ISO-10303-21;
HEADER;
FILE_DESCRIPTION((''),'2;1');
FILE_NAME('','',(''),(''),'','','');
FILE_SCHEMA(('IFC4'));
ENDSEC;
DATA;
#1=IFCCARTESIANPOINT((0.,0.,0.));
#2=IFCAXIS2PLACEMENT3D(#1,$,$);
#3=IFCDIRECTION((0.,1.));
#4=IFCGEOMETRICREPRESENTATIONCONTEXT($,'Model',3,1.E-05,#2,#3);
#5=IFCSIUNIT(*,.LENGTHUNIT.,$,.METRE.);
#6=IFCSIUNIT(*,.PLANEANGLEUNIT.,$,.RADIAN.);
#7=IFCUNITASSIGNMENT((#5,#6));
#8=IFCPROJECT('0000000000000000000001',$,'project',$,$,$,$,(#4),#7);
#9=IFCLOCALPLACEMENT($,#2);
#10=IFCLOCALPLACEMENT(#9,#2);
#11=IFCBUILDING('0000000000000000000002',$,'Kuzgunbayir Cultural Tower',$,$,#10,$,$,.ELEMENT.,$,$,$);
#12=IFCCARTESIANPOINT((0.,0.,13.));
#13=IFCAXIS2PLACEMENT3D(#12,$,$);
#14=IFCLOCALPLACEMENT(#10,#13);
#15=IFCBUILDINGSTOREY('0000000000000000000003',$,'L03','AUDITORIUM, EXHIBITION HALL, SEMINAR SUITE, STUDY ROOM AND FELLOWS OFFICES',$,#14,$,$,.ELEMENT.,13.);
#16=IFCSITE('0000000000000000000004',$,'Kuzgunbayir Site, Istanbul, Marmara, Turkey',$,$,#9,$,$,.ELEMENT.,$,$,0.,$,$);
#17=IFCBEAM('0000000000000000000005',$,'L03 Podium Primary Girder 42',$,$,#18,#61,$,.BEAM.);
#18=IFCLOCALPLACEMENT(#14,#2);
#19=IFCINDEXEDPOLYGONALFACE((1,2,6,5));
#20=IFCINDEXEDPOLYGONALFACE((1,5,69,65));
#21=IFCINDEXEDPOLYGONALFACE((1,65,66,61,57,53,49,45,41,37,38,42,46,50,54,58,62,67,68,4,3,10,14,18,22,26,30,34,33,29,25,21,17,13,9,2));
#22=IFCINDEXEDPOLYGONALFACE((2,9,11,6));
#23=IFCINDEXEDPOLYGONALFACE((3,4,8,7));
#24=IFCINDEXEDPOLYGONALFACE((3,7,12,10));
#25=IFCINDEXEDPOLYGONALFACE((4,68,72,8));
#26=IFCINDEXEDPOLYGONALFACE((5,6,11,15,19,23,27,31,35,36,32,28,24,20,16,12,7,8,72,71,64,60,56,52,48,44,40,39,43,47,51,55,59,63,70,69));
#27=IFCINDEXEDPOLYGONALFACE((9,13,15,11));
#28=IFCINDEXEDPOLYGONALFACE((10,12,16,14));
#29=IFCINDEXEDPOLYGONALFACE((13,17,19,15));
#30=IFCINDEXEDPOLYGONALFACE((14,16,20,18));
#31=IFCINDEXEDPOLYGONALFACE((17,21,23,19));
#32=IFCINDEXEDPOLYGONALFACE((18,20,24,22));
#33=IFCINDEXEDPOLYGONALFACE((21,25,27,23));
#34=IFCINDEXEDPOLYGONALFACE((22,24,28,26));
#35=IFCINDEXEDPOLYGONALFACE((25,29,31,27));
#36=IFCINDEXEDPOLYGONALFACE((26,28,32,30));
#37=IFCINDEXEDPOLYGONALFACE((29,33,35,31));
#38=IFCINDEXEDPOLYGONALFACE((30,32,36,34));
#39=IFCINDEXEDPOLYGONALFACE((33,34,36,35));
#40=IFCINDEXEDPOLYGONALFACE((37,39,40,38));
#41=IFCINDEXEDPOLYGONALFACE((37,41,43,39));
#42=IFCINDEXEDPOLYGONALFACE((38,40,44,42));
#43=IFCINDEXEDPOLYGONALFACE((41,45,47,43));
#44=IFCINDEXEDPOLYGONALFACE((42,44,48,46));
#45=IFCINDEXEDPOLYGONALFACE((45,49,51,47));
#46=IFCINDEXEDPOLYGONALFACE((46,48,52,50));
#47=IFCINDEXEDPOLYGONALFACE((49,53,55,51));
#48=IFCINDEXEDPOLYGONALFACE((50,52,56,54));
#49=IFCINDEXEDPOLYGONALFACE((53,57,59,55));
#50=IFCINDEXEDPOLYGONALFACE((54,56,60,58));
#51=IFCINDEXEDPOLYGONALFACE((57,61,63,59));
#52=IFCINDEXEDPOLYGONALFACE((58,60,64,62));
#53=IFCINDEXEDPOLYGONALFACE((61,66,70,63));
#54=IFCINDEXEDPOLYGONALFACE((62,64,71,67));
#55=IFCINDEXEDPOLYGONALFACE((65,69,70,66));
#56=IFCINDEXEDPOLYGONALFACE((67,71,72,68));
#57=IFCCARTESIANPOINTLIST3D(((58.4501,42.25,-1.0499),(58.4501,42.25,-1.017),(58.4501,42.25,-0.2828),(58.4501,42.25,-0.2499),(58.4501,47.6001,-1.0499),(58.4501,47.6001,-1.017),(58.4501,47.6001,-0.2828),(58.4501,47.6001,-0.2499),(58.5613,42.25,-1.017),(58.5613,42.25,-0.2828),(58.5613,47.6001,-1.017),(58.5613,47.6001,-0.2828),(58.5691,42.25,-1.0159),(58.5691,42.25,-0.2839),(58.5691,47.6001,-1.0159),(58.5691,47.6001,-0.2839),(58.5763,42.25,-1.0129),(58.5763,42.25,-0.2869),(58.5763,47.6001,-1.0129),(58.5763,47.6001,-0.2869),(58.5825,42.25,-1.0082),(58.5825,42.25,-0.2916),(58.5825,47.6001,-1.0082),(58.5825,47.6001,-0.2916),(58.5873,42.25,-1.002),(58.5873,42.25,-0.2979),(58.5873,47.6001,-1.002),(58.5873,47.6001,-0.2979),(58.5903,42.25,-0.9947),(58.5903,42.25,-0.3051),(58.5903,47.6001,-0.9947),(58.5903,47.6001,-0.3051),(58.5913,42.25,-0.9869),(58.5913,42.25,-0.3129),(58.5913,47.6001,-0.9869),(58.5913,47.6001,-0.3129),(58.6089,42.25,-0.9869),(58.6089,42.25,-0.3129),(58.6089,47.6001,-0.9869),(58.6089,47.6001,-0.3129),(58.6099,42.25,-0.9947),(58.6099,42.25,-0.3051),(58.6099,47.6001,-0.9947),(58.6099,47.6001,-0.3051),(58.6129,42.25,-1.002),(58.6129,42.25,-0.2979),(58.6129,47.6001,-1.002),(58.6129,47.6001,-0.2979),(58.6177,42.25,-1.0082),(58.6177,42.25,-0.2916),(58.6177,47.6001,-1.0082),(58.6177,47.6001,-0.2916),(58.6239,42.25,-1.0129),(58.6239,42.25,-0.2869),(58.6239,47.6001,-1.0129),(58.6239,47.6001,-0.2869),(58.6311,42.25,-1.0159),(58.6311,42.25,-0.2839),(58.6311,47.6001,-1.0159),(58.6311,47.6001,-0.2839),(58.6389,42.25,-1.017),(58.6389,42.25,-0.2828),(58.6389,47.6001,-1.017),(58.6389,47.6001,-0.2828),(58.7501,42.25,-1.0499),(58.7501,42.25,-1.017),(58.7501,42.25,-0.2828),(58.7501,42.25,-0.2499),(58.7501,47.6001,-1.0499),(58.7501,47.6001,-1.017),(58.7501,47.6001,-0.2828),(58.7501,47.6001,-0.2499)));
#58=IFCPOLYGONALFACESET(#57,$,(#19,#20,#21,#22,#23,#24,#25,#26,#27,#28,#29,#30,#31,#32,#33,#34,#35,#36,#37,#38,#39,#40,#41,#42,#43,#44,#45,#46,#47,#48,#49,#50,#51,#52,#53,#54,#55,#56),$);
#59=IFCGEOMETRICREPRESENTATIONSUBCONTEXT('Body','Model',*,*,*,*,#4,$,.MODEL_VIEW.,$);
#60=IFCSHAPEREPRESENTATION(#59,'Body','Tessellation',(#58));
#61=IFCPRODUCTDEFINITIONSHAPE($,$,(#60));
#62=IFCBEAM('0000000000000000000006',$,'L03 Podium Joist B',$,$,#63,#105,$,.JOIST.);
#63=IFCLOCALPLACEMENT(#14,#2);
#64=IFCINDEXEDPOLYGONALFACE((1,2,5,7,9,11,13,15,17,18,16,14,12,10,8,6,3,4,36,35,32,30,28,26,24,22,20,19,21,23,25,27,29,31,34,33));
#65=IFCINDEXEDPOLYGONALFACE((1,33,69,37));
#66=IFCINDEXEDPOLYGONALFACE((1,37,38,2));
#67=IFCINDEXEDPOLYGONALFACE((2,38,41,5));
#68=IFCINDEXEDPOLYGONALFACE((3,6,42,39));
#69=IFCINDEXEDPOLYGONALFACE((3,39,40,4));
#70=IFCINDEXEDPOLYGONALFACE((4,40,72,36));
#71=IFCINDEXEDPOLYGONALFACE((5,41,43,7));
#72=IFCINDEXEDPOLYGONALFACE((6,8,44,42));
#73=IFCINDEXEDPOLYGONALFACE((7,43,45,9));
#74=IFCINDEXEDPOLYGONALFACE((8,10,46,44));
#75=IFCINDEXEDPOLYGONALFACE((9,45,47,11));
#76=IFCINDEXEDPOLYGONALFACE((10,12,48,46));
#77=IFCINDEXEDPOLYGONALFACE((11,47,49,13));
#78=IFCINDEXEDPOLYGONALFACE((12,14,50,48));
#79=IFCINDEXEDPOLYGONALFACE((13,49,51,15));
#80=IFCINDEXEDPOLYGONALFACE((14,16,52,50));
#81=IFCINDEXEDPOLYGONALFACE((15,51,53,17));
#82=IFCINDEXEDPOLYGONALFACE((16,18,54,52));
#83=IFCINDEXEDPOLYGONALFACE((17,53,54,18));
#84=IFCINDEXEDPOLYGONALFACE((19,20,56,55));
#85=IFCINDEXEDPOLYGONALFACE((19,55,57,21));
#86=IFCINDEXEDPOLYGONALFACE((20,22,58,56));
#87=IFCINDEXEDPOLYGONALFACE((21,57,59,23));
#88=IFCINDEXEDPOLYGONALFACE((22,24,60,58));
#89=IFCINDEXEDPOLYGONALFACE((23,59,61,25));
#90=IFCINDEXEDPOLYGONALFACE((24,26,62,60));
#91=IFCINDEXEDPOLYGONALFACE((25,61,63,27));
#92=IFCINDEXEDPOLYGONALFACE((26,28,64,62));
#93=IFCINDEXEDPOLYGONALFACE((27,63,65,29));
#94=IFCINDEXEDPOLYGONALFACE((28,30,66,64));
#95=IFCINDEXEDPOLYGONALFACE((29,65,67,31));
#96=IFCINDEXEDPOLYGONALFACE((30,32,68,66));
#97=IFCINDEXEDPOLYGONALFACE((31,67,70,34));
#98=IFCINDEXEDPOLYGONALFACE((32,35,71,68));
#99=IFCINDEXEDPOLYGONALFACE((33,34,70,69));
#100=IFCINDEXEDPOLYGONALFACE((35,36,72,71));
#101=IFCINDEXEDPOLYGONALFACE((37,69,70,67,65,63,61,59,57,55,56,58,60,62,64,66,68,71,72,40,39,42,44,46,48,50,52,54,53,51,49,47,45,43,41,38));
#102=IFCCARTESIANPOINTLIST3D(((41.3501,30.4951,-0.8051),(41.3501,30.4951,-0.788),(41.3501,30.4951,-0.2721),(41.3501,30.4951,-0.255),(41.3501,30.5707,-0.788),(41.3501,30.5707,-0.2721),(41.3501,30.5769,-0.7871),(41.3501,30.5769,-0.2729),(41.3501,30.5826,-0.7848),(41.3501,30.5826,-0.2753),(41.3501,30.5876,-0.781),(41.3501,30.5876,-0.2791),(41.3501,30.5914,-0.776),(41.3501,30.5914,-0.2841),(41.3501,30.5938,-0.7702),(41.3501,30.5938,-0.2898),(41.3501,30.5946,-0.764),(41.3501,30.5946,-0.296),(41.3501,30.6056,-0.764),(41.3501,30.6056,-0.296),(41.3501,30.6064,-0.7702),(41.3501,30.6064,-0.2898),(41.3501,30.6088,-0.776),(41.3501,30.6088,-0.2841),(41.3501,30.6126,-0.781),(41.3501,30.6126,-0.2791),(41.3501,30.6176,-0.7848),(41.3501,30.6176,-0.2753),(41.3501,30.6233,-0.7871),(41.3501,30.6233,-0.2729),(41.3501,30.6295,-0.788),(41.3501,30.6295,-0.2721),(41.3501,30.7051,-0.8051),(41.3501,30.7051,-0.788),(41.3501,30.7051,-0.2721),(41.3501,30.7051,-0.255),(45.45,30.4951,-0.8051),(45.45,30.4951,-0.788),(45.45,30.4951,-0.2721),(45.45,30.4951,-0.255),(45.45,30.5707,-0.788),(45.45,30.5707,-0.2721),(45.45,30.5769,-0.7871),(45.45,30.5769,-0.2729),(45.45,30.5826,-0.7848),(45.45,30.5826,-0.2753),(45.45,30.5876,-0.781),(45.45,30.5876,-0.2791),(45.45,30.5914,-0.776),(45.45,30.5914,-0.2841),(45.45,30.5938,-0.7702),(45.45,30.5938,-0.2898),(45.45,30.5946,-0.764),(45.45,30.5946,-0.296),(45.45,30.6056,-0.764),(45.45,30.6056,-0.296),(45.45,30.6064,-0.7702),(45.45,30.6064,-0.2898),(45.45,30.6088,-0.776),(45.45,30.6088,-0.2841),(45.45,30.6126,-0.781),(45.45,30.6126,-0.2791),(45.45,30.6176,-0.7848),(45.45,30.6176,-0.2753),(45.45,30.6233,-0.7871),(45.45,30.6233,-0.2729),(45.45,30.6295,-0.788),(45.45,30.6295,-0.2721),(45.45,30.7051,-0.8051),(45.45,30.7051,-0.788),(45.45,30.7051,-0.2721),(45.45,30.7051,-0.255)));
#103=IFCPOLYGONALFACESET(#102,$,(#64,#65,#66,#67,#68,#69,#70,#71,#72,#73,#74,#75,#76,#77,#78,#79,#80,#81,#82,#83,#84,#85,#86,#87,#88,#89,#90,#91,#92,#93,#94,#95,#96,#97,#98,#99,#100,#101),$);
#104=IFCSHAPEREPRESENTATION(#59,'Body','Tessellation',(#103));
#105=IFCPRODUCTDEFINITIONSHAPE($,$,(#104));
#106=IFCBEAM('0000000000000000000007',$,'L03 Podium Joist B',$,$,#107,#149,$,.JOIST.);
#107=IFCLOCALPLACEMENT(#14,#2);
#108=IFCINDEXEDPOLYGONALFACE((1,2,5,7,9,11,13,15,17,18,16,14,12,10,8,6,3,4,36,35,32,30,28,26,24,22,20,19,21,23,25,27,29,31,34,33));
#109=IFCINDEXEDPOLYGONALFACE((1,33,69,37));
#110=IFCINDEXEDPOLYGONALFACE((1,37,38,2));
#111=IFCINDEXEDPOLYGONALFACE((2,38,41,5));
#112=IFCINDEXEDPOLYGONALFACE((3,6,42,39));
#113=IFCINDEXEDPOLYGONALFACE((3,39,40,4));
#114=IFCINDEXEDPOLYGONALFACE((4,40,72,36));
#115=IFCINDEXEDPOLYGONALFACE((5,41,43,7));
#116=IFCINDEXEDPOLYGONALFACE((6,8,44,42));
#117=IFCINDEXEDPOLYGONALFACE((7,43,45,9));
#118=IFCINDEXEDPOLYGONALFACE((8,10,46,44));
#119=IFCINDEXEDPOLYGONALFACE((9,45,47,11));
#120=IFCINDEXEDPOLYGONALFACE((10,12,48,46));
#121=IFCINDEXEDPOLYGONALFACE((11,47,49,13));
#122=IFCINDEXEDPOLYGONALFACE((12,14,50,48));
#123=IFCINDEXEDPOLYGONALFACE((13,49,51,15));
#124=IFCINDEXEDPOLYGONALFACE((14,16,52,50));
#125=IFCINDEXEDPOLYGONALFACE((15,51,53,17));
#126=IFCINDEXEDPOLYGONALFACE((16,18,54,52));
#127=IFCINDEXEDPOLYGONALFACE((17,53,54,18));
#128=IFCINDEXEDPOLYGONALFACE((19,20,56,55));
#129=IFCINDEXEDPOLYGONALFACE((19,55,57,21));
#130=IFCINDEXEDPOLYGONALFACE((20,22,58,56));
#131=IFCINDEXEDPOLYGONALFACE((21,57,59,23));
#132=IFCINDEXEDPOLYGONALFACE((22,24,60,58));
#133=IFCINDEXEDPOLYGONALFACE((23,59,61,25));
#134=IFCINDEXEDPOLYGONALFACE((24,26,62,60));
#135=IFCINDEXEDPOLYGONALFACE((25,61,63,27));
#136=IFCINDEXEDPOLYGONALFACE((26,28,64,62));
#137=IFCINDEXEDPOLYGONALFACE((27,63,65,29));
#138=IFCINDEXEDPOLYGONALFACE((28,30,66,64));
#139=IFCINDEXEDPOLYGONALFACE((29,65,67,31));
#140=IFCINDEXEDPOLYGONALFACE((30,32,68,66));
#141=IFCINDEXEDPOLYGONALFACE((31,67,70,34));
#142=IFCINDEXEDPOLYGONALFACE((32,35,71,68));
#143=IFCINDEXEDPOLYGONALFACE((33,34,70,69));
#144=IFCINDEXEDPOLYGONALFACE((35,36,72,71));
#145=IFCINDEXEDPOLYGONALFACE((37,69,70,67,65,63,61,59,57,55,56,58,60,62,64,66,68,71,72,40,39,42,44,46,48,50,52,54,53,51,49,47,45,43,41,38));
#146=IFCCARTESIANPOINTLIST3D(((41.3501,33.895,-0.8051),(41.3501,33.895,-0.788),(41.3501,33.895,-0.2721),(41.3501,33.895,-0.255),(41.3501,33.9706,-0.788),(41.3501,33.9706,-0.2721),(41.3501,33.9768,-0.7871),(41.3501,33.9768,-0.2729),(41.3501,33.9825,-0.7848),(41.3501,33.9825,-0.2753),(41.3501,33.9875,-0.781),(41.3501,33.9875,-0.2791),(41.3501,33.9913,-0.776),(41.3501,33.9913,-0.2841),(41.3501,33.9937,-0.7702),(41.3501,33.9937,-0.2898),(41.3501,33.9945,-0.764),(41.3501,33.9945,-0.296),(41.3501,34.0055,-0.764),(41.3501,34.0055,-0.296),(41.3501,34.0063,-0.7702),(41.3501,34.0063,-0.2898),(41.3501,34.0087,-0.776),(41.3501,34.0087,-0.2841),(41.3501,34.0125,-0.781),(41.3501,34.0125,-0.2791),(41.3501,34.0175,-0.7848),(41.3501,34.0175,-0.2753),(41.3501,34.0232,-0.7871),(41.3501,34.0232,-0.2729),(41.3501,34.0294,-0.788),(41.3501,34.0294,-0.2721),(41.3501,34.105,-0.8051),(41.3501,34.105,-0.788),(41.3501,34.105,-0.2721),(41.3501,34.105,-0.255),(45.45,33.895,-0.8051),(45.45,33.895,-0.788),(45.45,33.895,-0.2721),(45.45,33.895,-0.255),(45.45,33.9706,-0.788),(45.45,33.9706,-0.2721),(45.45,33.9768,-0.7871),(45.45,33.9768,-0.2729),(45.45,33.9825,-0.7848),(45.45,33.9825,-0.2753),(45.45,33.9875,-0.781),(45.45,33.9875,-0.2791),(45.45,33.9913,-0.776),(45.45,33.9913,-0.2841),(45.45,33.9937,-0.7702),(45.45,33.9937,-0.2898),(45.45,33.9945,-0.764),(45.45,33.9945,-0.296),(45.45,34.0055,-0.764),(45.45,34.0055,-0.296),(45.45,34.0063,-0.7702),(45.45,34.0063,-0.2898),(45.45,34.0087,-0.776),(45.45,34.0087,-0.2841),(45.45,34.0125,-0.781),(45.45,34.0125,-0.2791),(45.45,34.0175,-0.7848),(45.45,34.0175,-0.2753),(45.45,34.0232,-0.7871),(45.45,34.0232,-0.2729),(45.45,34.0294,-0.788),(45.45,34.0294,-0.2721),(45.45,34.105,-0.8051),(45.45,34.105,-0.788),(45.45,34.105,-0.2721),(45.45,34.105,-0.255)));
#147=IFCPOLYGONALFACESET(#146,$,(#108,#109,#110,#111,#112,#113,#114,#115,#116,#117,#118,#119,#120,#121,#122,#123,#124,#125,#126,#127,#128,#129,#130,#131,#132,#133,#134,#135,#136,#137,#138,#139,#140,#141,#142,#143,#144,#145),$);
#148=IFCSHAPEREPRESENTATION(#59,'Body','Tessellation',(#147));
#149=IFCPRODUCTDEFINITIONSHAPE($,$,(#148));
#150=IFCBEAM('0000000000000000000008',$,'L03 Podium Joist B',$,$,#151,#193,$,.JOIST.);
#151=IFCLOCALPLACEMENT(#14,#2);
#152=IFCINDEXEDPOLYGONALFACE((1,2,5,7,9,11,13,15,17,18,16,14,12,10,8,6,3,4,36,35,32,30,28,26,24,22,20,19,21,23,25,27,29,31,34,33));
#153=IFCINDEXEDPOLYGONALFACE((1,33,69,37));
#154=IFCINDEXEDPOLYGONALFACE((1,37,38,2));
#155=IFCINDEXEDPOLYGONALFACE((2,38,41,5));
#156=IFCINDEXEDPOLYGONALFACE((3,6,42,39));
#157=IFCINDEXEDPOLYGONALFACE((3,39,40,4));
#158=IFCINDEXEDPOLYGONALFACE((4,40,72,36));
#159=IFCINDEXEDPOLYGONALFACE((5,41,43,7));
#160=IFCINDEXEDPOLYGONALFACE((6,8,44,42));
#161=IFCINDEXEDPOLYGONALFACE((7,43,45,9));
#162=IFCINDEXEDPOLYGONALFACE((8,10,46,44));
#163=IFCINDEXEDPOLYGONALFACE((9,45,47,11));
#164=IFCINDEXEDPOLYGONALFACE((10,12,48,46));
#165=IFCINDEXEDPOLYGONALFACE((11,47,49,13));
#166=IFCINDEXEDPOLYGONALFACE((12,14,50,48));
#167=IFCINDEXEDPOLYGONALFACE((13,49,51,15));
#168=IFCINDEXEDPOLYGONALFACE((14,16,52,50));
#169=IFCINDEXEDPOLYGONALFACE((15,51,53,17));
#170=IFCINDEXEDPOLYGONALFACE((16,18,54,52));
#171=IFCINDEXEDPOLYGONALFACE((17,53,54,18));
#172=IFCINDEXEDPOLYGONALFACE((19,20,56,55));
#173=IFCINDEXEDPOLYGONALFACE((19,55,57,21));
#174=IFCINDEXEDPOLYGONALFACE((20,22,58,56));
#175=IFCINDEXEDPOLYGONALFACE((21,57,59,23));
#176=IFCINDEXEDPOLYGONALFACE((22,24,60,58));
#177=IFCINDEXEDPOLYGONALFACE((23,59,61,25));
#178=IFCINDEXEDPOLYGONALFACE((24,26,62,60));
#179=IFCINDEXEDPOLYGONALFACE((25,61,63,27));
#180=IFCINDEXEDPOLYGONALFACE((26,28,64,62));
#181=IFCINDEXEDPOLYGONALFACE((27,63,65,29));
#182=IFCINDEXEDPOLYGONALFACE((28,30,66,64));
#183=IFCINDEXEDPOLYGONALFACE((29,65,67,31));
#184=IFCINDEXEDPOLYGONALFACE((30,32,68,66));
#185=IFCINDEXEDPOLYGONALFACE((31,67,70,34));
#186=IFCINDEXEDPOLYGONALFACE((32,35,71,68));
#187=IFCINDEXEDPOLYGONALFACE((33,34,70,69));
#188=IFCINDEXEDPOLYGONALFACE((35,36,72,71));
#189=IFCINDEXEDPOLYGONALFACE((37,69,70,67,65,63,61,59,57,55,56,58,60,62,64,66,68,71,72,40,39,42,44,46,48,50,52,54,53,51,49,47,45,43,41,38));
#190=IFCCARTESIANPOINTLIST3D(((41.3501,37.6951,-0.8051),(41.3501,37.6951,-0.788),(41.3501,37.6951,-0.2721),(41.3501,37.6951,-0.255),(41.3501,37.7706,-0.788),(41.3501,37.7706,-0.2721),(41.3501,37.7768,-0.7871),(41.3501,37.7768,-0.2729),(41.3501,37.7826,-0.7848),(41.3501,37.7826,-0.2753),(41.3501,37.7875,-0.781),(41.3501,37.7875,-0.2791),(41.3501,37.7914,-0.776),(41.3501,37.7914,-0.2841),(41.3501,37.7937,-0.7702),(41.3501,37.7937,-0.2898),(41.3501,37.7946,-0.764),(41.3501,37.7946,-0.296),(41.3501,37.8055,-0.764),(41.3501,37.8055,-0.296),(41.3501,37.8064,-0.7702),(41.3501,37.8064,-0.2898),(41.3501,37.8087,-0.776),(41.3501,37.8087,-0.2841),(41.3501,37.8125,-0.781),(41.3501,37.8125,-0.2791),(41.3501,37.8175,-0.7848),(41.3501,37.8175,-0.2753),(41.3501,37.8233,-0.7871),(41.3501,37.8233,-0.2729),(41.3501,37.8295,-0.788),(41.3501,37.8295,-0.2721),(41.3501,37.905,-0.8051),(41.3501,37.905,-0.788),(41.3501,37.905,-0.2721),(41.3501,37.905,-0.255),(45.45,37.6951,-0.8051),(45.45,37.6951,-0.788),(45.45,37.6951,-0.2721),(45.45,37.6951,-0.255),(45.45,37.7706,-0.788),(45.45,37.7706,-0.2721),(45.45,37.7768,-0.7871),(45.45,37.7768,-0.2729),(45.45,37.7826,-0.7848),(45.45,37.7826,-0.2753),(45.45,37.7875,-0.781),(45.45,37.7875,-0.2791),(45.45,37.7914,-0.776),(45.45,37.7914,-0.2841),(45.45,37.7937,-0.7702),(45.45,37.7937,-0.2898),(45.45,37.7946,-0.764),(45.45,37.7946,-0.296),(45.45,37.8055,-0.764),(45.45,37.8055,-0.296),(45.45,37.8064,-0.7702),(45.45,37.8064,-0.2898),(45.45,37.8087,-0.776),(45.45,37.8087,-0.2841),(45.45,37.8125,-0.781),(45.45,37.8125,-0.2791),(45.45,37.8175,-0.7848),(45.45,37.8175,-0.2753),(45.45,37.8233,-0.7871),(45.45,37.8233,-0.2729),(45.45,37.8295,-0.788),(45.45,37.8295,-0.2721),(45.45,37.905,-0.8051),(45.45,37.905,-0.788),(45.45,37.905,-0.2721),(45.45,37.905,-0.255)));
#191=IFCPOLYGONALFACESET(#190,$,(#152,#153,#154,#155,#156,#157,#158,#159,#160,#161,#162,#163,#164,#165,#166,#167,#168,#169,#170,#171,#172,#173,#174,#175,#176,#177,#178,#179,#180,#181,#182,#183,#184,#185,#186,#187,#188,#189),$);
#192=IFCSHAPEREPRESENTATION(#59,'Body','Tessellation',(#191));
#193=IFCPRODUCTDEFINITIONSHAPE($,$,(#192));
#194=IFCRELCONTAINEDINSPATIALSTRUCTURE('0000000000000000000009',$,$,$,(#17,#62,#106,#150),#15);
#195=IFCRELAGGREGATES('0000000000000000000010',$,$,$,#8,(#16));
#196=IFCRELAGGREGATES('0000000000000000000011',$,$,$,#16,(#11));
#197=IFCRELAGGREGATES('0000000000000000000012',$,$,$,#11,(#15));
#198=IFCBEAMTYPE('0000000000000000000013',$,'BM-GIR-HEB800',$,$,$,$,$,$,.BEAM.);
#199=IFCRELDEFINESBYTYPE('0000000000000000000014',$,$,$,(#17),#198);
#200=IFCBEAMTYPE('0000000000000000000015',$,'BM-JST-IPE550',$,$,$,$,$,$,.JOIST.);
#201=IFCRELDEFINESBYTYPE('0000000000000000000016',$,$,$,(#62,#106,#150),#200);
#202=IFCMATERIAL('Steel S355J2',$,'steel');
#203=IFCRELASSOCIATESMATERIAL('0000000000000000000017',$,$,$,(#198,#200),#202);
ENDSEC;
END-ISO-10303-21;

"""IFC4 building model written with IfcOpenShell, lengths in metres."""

from ifc_helpers import new_model, si_unit, direction, frame, origin, origin_2d, place, context, subcontext, project, spatial, i_section, extrude, material, material_profile, profile_set, type_object, element, save


model = new_model("IFC4")

# Units and contexts
model_context = context("Model", 3, precision=1e-05, world=origin(), true_north=direction((0.0, 1.0)))
body_context = subcontext(model_context, "Body", "Model", "MODEL_VIEW")
ifc_project = project(units=[si_unit("LENGTHUNIT", "METRE"), si_unit("PLANEANGLEUNIT", "RADIAN")], contexts=[model_context])

# Site, building, storey
site_placement = place(None, origin())
site = spatial("IfcSite", under=ifc_project, at=site_placement, Name="Kuzgunbayir Site, Istanbul, Marmara, Turkey", CompositionType="ELEMENT", RefElevation=0.0)
building_placement = place(site_placement, origin())
building = spatial("IfcBuilding", under=site, at=building_placement, Name="Kuzgunbayir Cultural Tower", CompositionType="ELEMENT")
storey_placement = place(building_placement, frame((0.0, 0.0, 13.0)))
storey = spatial("IfcBuildingStorey", under=building, at=storey_placement, Name="L03", Description="AUDITORIUM, EXHIBITION HALL, SEMINAR SUITE, STUDY ROOM AND FELLOWS OFFICES", CompositionType="ELEMENT", Elevation=13.0)

# Beams
ifc_material_1 = material(Name="Steel S355J2", Category="steel")
ifc_material_profile_1 = material_profile(ifc_material_1, i_section(OverallWidth=0.3, OverallDepth=0.8, WebThickness=0.0176, FlangeThickness=0.033, FilletRadius=0.03, at=origin_2d()), Name="HEB 800")
ifc_profile_set_1 = profile_set([ifc_material_profile_1], Name="Steel S355J2")
beam_type_1 = type_object("IfcBeamType", Name="BM-GIR-HEB800", PredefinedType="BEAM", material=ifc_profile_set_1)
beam_1_placement = place(storey_placement, frame((58.6001, 42.25, -0.6499), z_axis=(0.0, 1.0, 0.0), x_axis=(-1.0, 0.0, 0.0)))
element("IfcBeam", 1, at=beam_1_placement, inside=storey, type_object=beam_type_1, Name="L03 Podium Primary Girder 42", PredefinedType="BEAM", context=body_context, shape_type="SweptSolid", body=[
    extrude(i_section(OverallWidth=0.3, OverallDepth=0.8, WebThickness=0.0176, FlangeThickness=0.033, FilletRadius=0.03, at=origin_2d()), origin(), (0.0, 0.0, 1.0), 5.3501),
])
ifc_material_profile_2 = material_profile(ifc_material_1, i_section(OverallWidth=0.21, OverallDepth=0.55, WebThickness=0.011, FlangeThickness=0.0171, FilletRadius=0.0239, at=origin_2d()), Name="IPE 550")
ifc_profile_set_2 = profile_set([ifc_material_profile_2], Name="Steel S355J2")
beam_type_2 = type_object("IfcBeamType", Name="BM-JST-IPE550", PredefinedType="JOIST", material=ifc_profile_set_2)
for number, where, z_axis, x_axis, name in (
    (2, (41.3501, 30.6001, -0.53), (1.0, 0.0, 0.0), (0.0, 1.0, 0.0), "L03 Podium Joist B"),
    (3, (41.3501, 34.0, -0.53), (1.0, 0.0, 0.0), (0.0, 1.0, 0.0), "L03 Podium Joist B"),
    (4, (41.3501, 37.8, -0.53), (1.0, 0.0, 0.0), (0.0, 1.0, 0.0), "L03 Podium Joist B"),
):
    element("IfcBeam", number, at=place(storey_placement, frame(where, z_axis=z_axis, x_axis=x_axis)), inside=storey, type_object=beam_type_2, Name=name, PredefinedType="JOIST", context=body_context, shape_type="SweptSolid", body=[
        extrude(i_section(OverallWidth=0.21, OverallDepth=0.55, WebThickness=0.011, FlangeThickness=0.0171, FilletRadius=0.0239, at=origin_2d()), origin(), (0.0, 0.0, 1.0), 4.0999),
    ])

save(model, "model.ifc")
